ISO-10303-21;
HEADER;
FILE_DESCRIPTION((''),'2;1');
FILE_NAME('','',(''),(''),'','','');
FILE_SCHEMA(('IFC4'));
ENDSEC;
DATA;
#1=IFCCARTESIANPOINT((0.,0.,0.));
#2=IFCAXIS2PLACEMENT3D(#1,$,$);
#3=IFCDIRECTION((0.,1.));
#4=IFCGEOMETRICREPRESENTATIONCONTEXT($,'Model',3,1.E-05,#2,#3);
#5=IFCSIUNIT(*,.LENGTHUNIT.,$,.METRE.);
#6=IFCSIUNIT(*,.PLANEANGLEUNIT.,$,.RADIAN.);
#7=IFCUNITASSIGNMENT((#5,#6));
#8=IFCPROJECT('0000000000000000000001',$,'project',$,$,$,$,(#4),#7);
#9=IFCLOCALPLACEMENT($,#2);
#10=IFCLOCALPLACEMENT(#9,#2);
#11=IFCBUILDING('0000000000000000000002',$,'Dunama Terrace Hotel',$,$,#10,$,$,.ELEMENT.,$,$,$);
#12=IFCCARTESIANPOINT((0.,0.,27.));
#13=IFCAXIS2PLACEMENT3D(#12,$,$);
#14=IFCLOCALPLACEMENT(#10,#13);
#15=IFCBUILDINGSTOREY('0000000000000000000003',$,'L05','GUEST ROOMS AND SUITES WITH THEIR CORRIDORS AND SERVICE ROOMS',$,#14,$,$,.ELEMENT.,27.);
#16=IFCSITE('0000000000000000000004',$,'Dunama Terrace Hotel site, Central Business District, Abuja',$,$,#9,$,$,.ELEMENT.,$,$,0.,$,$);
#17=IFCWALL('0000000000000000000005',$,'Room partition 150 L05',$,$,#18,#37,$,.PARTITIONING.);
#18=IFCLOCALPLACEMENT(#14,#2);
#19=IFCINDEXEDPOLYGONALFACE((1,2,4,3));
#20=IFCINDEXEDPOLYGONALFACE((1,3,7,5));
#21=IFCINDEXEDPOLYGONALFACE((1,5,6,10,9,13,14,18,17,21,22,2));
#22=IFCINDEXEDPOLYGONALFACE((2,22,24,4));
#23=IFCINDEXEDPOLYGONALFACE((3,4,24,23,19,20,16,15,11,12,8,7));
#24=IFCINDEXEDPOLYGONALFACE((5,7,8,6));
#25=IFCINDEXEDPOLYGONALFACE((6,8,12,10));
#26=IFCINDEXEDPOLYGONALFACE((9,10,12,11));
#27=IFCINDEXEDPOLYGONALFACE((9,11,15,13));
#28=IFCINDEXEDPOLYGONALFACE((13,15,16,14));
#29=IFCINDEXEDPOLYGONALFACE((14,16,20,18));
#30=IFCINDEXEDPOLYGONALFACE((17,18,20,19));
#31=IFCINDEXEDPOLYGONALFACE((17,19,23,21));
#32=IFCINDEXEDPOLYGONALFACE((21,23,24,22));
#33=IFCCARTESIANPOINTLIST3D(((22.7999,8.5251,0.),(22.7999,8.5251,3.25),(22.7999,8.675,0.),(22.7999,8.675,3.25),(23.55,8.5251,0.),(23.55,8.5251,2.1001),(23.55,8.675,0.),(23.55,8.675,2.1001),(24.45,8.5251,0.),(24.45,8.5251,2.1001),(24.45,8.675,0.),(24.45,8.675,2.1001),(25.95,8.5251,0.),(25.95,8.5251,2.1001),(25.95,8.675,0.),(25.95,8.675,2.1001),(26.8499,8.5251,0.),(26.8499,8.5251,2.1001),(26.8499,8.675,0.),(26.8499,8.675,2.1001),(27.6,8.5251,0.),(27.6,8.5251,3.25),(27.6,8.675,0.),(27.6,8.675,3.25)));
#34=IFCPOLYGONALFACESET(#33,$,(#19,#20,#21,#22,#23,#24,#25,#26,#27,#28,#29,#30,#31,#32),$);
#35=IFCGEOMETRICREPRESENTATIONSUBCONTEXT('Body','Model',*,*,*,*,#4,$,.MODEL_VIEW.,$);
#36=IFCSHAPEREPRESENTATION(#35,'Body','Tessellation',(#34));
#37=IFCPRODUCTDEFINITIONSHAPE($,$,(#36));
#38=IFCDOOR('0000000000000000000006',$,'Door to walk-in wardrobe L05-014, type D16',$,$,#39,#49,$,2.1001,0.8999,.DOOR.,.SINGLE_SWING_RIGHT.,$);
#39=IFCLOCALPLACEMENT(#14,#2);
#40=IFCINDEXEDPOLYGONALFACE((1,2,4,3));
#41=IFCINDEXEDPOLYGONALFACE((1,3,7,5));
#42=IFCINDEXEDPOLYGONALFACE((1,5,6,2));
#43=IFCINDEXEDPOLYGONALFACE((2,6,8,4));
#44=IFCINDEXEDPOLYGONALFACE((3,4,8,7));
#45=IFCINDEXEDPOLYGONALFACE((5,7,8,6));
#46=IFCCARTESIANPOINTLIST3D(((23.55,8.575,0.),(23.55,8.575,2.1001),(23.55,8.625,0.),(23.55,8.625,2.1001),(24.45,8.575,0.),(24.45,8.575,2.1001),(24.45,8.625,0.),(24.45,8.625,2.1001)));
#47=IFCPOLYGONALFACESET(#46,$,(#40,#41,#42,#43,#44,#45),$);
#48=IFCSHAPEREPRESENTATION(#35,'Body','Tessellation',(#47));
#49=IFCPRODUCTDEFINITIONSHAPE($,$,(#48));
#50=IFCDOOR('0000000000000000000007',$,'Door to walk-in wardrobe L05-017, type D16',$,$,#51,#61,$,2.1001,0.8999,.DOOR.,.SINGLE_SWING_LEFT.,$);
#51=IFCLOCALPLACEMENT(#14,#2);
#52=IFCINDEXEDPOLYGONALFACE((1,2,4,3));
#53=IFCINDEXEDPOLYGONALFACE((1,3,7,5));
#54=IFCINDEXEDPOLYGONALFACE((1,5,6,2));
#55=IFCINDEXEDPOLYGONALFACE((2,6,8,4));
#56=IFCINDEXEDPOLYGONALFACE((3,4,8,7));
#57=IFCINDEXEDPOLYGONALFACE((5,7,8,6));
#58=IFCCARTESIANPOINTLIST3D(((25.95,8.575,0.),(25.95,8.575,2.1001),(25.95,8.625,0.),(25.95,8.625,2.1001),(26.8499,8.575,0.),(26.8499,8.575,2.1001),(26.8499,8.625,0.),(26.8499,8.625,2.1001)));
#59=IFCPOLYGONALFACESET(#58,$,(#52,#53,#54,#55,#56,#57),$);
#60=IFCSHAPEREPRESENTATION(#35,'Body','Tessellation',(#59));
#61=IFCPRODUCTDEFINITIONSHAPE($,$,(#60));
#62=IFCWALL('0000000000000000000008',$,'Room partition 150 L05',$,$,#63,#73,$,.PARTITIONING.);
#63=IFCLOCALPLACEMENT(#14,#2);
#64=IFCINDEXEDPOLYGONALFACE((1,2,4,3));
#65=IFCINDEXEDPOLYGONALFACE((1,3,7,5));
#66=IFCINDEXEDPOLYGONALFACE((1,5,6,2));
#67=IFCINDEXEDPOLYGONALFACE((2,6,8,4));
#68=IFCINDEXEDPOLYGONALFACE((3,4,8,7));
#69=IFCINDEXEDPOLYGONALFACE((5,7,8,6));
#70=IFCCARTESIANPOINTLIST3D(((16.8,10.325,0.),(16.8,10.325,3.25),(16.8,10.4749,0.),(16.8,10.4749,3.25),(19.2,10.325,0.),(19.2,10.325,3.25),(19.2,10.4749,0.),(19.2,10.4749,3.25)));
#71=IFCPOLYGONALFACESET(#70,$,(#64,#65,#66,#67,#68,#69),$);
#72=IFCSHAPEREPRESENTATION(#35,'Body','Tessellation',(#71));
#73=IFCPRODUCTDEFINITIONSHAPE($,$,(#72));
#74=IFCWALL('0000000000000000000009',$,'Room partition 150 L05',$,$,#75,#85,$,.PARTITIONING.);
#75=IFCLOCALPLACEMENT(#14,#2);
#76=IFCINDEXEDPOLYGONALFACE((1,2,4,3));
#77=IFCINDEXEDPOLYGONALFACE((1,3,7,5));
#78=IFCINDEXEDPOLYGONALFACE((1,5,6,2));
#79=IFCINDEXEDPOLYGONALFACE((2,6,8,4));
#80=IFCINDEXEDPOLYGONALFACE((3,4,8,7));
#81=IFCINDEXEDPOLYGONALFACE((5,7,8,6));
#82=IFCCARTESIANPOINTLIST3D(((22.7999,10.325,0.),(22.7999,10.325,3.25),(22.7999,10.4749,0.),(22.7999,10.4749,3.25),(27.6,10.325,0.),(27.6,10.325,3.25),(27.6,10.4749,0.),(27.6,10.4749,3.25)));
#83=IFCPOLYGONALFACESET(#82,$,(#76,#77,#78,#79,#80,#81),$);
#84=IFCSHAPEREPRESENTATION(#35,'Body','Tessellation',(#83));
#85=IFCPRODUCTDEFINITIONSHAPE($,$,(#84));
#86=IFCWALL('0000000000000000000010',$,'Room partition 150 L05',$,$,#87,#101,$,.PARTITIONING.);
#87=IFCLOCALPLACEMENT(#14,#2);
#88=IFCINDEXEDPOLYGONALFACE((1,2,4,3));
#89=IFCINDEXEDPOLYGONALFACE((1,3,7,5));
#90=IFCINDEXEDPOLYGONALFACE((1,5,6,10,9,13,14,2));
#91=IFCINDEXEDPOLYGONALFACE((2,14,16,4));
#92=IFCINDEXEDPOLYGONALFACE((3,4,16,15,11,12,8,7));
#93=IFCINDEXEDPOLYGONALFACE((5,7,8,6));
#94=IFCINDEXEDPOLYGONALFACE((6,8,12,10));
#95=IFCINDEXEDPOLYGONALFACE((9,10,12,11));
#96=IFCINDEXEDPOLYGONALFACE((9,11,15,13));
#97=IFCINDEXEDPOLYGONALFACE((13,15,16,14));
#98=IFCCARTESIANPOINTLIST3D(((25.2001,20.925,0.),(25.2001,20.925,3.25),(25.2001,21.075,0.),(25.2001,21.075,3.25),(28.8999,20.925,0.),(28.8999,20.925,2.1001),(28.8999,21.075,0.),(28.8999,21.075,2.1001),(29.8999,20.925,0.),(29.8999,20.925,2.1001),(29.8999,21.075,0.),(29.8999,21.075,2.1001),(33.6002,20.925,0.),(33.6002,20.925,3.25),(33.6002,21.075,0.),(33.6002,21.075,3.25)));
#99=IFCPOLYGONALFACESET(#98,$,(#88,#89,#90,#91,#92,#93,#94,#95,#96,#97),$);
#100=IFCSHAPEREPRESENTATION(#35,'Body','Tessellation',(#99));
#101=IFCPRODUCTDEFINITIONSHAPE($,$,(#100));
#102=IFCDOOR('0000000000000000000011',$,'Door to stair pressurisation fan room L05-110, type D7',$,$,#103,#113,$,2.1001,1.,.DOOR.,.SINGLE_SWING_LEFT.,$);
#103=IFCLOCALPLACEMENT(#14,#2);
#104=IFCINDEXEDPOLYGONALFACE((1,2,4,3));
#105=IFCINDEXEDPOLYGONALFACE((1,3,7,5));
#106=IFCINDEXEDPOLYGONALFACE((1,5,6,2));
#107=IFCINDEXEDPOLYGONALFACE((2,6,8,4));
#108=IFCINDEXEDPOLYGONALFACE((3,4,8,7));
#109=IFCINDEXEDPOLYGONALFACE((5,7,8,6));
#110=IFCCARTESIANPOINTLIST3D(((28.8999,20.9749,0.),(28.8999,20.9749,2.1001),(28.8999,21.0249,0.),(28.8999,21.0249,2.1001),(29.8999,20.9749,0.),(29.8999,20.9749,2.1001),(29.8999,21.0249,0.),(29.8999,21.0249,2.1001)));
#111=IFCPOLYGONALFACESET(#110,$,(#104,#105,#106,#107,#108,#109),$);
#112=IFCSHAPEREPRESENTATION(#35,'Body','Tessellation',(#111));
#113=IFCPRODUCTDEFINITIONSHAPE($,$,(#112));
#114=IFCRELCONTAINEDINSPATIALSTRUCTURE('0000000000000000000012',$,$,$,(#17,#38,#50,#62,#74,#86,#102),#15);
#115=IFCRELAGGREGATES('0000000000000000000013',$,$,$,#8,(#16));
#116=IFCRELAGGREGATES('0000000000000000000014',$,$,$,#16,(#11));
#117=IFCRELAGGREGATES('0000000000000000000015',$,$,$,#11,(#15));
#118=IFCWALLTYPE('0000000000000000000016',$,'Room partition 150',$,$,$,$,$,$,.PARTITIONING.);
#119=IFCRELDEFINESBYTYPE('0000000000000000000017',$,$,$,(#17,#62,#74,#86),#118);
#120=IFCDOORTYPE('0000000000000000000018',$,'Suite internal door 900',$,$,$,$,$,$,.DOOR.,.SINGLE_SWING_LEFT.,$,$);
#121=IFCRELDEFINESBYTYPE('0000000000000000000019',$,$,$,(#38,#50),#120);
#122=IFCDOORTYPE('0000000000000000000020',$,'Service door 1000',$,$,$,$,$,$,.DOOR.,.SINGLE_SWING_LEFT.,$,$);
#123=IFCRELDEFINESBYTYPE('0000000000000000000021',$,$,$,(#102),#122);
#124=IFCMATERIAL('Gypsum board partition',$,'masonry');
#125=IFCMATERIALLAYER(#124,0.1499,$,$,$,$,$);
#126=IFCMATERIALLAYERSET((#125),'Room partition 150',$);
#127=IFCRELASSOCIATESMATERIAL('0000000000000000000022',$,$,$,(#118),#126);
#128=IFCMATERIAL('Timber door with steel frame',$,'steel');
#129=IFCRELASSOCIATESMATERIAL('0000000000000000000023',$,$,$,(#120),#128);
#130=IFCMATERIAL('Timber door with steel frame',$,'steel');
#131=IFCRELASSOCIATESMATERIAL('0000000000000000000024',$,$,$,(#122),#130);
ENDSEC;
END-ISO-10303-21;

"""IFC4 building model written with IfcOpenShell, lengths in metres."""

from ifc_helpers import new_model, si_unit, direction, frame, frame_2d, origin, place, context, subcontext, project, spatial, rectangle, extrude, material, layer, layer_set, type_object, element, fill, save


model = new_model("IFC4")

# Units and contexts
model_context = context("Model", 3, precision=1e-05, world=origin(), true_north=direction((0.0, 1.0)))
body_context = subcontext(model_context, "Body", "Model", "MODEL_VIEW")
ifc_project = project(units=[si_unit("LENGTHUNIT", "METRE"), si_unit("PLANEANGLEUNIT", "RADIAN")], contexts=[model_context])

# Site, building, storey
site_placement = place(None, origin())
site = spatial("IfcSite", under=ifc_project, at=site_placement, Name="Dunama Terrace Hotel site, Central Business District, Abuja", CompositionType="ELEMENT", RefElevation=0.0)
building_placement = place(site_placement, origin())
building = spatial("IfcBuilding", under=site, at=building_placement, Name="Dunama Terrace Hotel", CompositionType="ELEMENT")
storey_placement = place(building_placement, frame((0.0, 0.0, 27.0)))
storey = spatial("IfcBuildingStorey", under=building, at=storey_placement, Name="L05", Description="GUEST ROOMS AND SUITES WITH THEIR CORRIDORS AND SERVICE ROOMS", CompositionType="ELEMENT", Elevation=27.0)

# Shared definitions
ifc_material_1 = material(Name="Gypsum board partition", Category="masonry")
ifc_layer_1 = layer(ifc_material_1, 0.1499)
ifc_layer_set_1 = layer_set([ifc_layer_1], Name="Room partition 150")
wall_type_1 = type_object("IfcWallType", Name="Room partition 150", PredefinedType="PARTITIONING", material=ifc_layer_set_1)

# Wall, openings, doors
wall_1_placement = place(storey_placement, frame((22.8, 8.6001, 0.0), z_axis=(0.0, 0.0, 1.0), x_axis=(1.0, 0.0, 0.0)))
wall_1 = element("IfcWall", 1, at=wall_1_placement, inside=storey, type_object=wall_type_1, Name="Room partition 150 L05", PredefinedType="PARTITIONING", context=body_context, shape_type="SweptSolid", body=[
    extrude(rectangle(XDim=4.8, YDim=0.1499, at=frame_2d((2.3999, 0.0))), origin(), (0.0, 0.0, 1.0), 3.25),
])
opening_1_placement = place(wall_1_placement, frame((0.75, 0.0, 0.0)))
opening_1 = element("IfcOpeningElement", 2, at=opening_1_placement, cuts=wall_1, PredefinedType="OPENING", context=body_context, shape_type="SweptSolid", body=[
    extrude(rectangle(XDim=0.8999, YDim=2.1001, at=frame_2d((0.45, 1.05))), frame((0.0, 0.085, 0.0), z_axis=(0.0, -1.0, 0.0), x_axis=(1.0, 0.0, 0.0)), (0.0, 0.0, 1.0), 0.1699),
])
opening_2_placement = place(wall_1_placement, frame((3.1499, 0.0, 0.0)))
opening_2 = element("IfcOpeningElement", 3, at=opening_2_placement, cuts=wall_1, PredefinedType="OPENING", context=body_context, shape_type="SweptSolid", body=[
    extrude(rectangle(XDim=0.8999, YDim=2.1001, at=frame_2d((0.45, 1.05))), frame((0.0, 0.085, 0.0), z_axis=(0.0, -1.0, 0.0), x_axis=(1.0, 0.0, 0.0)), (0.0, 0.0, 1.0), 0.1699),
])
ifc_material_2 = material(Name="Timber door with steel frame", Category="steel")
door_type_1 = type_object("IfcDoorType", Name="Suite internal door 900", OperationType="SINGLE_SWING_LEFT", PredefinedType="DOOR", material=ifc_material_2)
door_1_placement = place(opening_1_placement, origin())
door_1 = element("IfcDoor", 4, at=door_1_placement, inside=storey, type_object=door_type_1, Name="Door to walk-in wardrobe L05-014, type D16", OperationType="SINGLE_SWING_RIGHT", OverallHeight=2.1001, OverallWidth=0.8999, PredefinedType="DOOR", context=body_context, shape_type="SweptSolid", body=[
    extrude(rectangle(XDim=0.8999, YDim=2.1001, at=frame_2d((0.45, 1.05))), frame((0.0, 0.0249, 0.0), z_axis=(0.0, -1.0, 0.0), x_axis=(1.0, 0.0, 0.0)), (0.0, 0.0, 1.0), 0.05),
])
fill(opening_1, door_1)
door_2_placement = place(opening_2_placement, origin())
door_2 = element("IfcDoor", 5, at=door_2_placement, inside=storey, type_object=door_type_1, Name="Door to walk-in wardrobe L05-017, type D16", OperationType="SINGLE_SWING_LEFT", OverallHeight=2.1001, OverallWidth=0.8999, PredefinedType="DOOR", context=body_context, shape_type="SweptSolid", body=[
    extrude(rectangle(XDim=0.8999, YDim=2.1001, at=frame_2d((0.45, 1.05))), frame((0.0, 0.0249, 0.0), z_axis=(0.0, -1.0, 0.0), x_axis=(1.0, 0.0, 0.0)), (0.0, 0.0, 1.0), 0.05),
])
fill(opening_2, door_2)

# Walls
wall_2_placement = place(storey_placement, frame((16.8, 10.3999, 0.0), z_axis=(0.0, 0.0, 1.0), x_axis=(1.0, 0.0, 0.0)))
element("IfcWall", 6, at=wall_2_placement, inside=storey, type_object=wall_type_1, Name="Room partition 150 L05", PredefinedType="PARTITIONING", context=body_context, shape_type="SweptSolid", body=[
    extrude(rectangle(XDim=2.3999, YDim=0.1499, at=frame_2d((1.2, 0.0))), origin(), (0.0, 0.0, 1.0), 3.25),
])
wall_3_placement = place(storey_placement, frame((22.8, 10.3999, 0.0), z_axis=(0.0, 0.0, 1.0), x_axis=(1.0, 0.0, 0.0)))
element("IfcWall", 7, at=wall_3_placement, inside=storey, type_object=wall_type_1, Name="Room partition 150 L05", PredefinedType="PARTITIONING", context=body_context, shape_type="SweptSolid", body=[
    extrude(rectangle(XDim=4.8, YDim=0.1499, at=frame_2d((2.3999, 0.0))), origin(), (0.0, 0.0, 1.0), 3.25),
])

# Wall, opening, door
wall_4_placement = place(storey_placement, frame((25.2, 21.0, 0.0), z_axis=(0.0, 0.0, 1.0), x_axis=(1.0, 0.0, 0.0)))
wall_4 = element("IfcWall", 8, at=wall_4_placement, inside=storey, type_object=wall_type_1, Name="Room partition 150 L05", PredefinedType="PARTITIONING", context=body_context, shape_type="SweptSolid", body=[
    extrude(rectangle(XDim=8.4001, YDim=0.1499, at=frame_2d((4.2002, 0.0))), origin(), (0.0, 0.0, 1.0), 3.25),
])
opening_3_placement = place(wall_4_placement, frame((3.7, 0.0, 0.0)))
opening_3 = element("IfcOpeningElement", 9, at=opening_3_placement, cuts=wall_4, PredefinedType="OPENING", context=body_context, shape_type="SweptSolid", body=[
    extrude(rectangle(XDim=1.0, YDim=2.1001, at=frame_2d((0.5, 1.05))), frame((0.0, 0.085, 0.0), z_axis=(0.0, -1.0, 0.0), x_axis=(1.0, 0.0, 0.0)), (0.0, 0.0, 1.0), 0.1699),
])
ifc_material_3 = material(Name="Timber door with steel frame", Category="steel")
door_type_2 = type_object("IfcDoorType", Name="Service door 1000", OperationType="SINGLE_SWING_LEFT", PredefinedType="DOOR", material=ifc_material_3)
door_3_placement = place(opening_3_placement, origin())
door_3 = element("IfcDoor", 10, at=door_3_placement, inside=storey, type_object=door_type_2, Name="Door to stair pressurisation fan room L05-110, type D7", OperationType="SINGLE_SWING_LEFT", OverallHeight=2.1001, OverallWidth=1.0, PredefinedType="DOOR", context=body_context, shape_type="SweptSolid", body=[
    extrude(rectangle(XDim=1.0, YDim=2.1001, at=frame_2d((0.5, 1.05))), frame((0.0, 0.0249, 0.0), z_axis=(0.0, -1.0, 0.0), x_axis=(1.0, 0.0, 0.0)), (0.0, 0.0, 1.0), 0.05),
])
fill(opening_3, door_3)

save(model, "model.ifc")
